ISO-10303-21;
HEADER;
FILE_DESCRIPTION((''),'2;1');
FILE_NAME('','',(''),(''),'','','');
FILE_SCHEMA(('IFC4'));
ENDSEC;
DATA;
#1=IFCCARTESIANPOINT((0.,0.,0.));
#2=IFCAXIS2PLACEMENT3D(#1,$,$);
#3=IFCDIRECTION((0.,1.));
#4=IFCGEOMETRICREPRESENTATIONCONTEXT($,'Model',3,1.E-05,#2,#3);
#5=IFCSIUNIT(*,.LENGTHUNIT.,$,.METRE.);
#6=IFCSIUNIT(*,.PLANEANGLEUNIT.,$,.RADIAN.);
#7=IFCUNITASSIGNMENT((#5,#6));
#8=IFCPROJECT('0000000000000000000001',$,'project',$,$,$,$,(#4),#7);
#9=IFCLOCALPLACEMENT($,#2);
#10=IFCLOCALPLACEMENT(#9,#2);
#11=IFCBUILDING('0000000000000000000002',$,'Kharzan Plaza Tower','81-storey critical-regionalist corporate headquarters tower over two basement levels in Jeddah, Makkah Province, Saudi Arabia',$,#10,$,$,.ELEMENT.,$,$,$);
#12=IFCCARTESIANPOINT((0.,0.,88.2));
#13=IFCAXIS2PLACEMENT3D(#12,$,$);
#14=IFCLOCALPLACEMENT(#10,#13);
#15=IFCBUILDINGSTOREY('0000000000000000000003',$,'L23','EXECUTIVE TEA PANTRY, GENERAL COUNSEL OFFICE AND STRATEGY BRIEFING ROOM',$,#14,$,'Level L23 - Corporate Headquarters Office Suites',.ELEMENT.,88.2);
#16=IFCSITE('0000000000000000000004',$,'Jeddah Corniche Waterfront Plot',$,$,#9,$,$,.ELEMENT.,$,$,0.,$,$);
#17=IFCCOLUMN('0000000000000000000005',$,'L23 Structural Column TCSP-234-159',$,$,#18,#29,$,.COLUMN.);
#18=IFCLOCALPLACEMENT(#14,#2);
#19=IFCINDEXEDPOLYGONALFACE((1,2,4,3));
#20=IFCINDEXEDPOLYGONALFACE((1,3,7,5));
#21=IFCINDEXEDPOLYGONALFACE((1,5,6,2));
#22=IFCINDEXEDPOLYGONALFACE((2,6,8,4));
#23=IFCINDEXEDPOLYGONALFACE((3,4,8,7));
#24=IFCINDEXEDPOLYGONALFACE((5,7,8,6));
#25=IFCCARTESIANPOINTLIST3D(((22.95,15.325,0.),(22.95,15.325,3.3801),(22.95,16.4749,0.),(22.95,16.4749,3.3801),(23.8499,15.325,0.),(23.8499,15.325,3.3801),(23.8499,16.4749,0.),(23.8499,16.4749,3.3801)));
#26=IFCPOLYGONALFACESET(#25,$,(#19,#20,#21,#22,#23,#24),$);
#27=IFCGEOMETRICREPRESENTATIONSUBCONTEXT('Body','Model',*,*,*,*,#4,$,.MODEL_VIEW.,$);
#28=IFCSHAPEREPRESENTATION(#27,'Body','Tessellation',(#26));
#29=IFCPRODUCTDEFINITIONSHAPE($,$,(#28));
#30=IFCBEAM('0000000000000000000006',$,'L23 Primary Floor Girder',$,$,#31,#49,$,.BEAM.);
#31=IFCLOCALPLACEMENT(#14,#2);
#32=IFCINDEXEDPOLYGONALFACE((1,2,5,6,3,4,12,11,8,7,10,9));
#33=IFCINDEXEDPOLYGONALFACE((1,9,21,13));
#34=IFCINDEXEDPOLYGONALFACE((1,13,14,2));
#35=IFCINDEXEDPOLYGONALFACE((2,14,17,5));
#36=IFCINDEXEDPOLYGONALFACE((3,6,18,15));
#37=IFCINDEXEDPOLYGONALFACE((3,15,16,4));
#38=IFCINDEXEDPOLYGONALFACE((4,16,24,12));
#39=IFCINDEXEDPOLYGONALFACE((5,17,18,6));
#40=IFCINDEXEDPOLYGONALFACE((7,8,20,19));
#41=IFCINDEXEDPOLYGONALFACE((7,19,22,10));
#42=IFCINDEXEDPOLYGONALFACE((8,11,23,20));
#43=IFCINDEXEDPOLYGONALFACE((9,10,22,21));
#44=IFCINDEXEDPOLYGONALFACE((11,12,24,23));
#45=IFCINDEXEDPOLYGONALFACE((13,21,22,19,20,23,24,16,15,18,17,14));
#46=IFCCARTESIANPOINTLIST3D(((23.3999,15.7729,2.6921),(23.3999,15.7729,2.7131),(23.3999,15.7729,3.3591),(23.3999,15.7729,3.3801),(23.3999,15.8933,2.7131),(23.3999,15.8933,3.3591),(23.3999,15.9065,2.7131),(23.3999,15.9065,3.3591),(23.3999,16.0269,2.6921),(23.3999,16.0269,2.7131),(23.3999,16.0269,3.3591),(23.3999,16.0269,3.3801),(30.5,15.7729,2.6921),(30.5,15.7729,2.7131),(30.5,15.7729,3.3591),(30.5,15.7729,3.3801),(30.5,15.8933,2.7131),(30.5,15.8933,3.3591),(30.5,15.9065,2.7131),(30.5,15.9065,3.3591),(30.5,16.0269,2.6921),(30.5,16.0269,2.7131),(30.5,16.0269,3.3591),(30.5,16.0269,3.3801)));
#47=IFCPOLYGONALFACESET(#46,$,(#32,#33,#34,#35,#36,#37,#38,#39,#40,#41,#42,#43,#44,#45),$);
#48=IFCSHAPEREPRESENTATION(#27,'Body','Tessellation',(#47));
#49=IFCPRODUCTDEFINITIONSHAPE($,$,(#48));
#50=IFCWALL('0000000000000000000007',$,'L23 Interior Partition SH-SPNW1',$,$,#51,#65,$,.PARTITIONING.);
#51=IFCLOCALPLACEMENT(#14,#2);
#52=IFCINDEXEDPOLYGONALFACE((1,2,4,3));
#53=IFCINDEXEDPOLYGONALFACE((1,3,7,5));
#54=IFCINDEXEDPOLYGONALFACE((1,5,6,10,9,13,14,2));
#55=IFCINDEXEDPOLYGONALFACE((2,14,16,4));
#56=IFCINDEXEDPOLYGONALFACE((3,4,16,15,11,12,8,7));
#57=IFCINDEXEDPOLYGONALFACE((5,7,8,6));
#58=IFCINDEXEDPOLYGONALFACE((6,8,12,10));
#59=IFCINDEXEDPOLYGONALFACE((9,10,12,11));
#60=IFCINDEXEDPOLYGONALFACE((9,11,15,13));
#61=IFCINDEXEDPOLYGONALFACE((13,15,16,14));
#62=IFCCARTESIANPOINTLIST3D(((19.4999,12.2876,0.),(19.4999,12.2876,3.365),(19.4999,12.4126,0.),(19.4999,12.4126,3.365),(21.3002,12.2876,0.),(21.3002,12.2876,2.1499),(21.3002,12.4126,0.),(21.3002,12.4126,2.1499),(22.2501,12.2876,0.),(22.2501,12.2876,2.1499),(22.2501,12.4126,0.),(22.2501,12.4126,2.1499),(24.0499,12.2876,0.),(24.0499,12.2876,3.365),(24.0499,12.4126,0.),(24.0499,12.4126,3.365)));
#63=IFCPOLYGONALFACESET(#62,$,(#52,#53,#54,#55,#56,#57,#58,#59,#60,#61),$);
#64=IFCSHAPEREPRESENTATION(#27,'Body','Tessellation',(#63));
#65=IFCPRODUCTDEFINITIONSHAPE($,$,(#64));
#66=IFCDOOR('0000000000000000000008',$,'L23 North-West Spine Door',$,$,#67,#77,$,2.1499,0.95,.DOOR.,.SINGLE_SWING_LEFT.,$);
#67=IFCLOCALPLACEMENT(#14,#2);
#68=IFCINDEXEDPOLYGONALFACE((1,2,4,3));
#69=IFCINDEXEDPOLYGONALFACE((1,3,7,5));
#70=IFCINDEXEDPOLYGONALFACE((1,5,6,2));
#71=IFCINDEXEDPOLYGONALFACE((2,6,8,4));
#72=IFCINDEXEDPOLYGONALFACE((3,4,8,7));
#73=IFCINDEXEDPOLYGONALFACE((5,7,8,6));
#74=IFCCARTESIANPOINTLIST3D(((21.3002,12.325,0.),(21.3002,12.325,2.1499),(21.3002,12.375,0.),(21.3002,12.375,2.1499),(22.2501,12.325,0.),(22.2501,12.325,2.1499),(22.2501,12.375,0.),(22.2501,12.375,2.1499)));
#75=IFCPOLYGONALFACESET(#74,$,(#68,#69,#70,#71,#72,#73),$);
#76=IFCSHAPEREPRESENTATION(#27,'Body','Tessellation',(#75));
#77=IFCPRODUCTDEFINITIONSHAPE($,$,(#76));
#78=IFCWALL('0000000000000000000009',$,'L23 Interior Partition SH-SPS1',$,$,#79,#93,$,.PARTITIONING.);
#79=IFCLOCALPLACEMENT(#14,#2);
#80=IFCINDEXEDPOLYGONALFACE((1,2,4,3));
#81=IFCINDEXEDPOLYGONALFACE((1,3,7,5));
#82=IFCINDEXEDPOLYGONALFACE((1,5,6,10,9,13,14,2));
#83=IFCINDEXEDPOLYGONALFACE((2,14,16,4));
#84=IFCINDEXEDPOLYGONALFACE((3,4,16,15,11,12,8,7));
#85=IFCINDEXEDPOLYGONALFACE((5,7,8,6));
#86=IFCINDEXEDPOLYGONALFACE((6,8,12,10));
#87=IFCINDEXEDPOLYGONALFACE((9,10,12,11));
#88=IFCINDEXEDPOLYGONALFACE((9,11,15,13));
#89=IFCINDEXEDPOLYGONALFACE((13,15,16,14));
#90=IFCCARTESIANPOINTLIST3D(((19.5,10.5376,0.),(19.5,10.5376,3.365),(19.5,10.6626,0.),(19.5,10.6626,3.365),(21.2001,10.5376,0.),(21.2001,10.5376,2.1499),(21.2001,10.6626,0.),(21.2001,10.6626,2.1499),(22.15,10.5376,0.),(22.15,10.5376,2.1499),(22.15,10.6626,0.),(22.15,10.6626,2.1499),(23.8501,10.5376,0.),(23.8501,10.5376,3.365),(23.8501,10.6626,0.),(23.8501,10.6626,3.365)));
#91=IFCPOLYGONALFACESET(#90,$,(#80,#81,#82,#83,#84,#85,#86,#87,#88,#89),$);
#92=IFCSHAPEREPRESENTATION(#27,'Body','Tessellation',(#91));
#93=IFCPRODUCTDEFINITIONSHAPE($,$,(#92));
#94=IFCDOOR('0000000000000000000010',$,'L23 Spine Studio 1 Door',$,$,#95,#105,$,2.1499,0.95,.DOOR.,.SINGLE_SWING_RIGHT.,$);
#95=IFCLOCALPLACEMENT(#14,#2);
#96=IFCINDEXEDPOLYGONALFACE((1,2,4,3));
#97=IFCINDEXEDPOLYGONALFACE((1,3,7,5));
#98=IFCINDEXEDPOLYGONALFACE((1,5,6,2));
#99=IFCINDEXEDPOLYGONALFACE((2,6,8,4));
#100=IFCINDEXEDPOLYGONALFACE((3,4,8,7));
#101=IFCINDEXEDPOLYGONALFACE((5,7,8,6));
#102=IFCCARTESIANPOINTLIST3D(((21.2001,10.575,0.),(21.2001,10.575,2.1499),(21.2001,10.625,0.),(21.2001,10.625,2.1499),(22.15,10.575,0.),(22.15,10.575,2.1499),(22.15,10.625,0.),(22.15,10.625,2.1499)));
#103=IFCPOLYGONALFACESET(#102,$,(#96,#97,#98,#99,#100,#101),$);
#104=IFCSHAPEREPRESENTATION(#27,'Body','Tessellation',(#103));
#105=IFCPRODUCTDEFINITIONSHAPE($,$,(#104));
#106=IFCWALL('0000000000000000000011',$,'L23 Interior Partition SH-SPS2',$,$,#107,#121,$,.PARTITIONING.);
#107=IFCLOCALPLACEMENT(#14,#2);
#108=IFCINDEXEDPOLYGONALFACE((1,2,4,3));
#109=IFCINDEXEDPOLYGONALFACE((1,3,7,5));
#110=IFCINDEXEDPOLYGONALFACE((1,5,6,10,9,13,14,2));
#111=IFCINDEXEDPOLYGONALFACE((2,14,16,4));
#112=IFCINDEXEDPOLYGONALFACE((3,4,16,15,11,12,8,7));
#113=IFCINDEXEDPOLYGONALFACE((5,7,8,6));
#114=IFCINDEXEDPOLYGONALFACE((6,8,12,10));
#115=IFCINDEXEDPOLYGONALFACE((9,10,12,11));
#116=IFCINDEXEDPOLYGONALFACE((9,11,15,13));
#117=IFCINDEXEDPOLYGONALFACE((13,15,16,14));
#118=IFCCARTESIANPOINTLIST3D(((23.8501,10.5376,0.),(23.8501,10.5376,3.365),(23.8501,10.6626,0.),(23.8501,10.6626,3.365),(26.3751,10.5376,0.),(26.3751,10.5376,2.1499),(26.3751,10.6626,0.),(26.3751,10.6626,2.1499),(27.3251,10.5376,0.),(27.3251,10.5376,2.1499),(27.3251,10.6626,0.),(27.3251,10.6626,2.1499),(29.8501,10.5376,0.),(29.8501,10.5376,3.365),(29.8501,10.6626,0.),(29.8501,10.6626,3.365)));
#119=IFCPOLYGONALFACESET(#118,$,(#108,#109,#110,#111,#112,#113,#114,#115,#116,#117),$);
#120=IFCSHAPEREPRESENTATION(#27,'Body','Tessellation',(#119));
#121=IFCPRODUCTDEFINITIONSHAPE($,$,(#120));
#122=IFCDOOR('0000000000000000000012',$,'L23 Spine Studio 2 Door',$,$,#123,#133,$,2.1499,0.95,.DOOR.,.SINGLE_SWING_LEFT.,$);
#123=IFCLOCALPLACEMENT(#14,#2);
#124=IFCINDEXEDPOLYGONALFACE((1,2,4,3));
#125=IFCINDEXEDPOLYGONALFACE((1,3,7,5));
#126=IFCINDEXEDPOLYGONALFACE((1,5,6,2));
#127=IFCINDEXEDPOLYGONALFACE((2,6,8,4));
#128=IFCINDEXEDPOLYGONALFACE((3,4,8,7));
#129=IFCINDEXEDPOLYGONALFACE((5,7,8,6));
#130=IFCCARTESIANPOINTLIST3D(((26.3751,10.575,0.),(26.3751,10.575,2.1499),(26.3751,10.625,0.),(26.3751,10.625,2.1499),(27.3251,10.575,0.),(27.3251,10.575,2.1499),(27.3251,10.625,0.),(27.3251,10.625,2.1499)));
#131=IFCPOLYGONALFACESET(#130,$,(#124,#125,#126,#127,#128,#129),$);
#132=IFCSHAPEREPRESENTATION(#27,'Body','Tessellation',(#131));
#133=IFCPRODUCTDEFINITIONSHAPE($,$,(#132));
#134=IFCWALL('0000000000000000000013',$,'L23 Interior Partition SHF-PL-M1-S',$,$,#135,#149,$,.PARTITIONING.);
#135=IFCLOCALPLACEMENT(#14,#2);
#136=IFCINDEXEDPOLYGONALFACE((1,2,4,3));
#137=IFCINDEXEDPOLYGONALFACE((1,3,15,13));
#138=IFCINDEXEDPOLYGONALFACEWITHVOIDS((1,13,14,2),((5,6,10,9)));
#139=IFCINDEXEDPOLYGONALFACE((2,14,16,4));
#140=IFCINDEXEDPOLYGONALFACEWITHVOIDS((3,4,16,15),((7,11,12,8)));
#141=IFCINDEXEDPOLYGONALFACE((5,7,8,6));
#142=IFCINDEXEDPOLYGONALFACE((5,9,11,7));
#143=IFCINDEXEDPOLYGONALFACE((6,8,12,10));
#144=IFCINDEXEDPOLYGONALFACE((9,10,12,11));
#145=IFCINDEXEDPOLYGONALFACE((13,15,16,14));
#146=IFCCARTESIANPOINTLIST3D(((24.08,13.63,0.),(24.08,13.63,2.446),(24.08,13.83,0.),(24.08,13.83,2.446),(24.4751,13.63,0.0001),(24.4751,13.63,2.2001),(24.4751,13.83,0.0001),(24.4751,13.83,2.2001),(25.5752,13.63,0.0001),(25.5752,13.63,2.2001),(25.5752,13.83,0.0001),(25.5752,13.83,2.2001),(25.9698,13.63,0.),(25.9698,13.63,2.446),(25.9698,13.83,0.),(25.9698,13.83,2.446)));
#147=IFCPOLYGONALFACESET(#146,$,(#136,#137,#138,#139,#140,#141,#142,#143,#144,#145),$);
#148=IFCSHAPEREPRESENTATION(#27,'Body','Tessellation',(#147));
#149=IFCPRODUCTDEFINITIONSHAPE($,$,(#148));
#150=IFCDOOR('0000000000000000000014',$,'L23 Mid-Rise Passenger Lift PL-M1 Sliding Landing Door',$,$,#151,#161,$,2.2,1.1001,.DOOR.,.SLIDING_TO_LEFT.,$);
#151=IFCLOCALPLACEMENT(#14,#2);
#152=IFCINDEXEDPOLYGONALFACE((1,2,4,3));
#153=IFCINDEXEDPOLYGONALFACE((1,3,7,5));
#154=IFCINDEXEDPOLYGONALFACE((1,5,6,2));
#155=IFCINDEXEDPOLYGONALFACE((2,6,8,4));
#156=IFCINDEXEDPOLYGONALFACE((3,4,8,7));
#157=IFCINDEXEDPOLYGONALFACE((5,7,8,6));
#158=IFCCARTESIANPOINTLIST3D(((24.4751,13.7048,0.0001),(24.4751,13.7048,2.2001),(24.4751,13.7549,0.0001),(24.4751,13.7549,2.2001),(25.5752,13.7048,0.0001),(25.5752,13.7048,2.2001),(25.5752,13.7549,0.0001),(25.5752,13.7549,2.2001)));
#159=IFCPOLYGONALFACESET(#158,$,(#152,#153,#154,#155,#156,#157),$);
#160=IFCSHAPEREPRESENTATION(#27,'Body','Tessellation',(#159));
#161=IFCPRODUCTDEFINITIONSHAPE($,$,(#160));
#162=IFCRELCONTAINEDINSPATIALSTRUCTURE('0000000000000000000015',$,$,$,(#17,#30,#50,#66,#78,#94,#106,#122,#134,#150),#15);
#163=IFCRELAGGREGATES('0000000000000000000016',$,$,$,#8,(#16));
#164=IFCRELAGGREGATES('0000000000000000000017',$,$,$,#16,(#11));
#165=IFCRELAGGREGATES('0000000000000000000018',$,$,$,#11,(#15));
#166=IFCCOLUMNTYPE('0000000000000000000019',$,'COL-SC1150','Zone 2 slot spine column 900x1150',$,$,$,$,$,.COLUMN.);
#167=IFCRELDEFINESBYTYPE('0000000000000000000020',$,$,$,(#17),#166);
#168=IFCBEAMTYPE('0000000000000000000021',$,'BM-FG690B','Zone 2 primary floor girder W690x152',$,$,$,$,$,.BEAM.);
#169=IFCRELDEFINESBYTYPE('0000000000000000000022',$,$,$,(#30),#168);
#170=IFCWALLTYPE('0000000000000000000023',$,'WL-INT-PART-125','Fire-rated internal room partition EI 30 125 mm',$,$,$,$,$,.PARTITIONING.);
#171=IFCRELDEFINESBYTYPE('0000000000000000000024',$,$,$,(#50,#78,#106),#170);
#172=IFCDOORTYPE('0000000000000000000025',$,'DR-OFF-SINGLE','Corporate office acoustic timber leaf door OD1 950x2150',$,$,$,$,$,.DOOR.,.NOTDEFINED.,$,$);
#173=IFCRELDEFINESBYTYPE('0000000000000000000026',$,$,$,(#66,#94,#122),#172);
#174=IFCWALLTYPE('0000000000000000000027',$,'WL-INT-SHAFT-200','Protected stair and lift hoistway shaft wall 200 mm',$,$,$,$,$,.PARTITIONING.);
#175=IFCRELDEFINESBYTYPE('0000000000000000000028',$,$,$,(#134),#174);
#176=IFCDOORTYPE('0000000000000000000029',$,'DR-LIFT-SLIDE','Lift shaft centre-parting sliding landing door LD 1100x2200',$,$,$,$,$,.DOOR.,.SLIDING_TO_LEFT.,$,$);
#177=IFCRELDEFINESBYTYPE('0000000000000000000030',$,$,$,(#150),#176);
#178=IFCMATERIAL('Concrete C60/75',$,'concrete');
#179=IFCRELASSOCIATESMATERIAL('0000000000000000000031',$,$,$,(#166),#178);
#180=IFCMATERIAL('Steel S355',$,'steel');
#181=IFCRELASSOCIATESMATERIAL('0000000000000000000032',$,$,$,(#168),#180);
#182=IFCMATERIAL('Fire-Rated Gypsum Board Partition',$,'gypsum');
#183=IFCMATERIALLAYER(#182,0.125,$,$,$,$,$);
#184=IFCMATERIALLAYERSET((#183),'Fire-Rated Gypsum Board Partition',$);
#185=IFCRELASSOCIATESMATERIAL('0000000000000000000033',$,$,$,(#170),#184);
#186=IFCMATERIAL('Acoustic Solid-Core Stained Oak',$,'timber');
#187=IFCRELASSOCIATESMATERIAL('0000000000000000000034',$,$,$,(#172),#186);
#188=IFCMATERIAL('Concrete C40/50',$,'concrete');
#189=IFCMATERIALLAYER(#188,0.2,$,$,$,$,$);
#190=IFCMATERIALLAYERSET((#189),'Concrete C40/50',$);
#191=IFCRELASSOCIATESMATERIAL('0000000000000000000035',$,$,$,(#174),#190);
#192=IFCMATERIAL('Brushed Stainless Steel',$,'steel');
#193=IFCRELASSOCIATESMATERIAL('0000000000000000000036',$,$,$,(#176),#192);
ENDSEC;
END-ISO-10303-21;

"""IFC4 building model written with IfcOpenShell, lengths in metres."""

from ifc_helpers import new_model, si_unit, direction, frame, frame_2d, origin, origin_2d, place, context, subcontext, project, spatial, rectangle, i_section, extrude, source, transform, mapped, material, layer, layer_set, material_profile, profile_set, type_object, element, fill, save


model = new_model("IFC4")

# Units and contexts
model_context = context("Model", 3, precision=1e-05, world=origin(), true_north=direction((0.0, 1.0)))
body_context = subcontext(model_context, "Body", "Model", "MODEL_VIEW")
ifc_project = project(units=[si_unit("LENGTHUNIT", "METRE"), si_unit("PLANEANGLEUNIT", "RADIAN")], contexts=[model_context])

# Site, building, storey
site_placement = place(None, origin())
site = spatial("IfcSite", under=ifc_project, at=site_placement, Name="Jeddah Corniche Waterfront Plot", CompositionType="ELEMENT", RefElevation=0.0)
building_placement = place(site_placement, origin())
building = spatial("IfcBuilding", under=site, at=building_placement, Name="Kharzan Plaza Tower", Description="81-storey critical-regionalist corporate headquarters tower over two basement levels in Jeddah, Makkah Province, Saudi Arabia", CompositionType="ELEMENT")
storey_placement = place(building_placement, frame((0.0, 0.0, 88.2)))
storey = spatial("IfcBuildingStorey", under=building, at=storey_placement, Name="L23", Description="EXECUTIVE TEA PANTRY, GENERAL COUNSEL OFFICE AND STRATEGY BRIEFING ROOM", LongName="Level L23 - Corporate Headquarters Office Suites", CompositionType="ELEMENT", Elevation=88.2)

# Column
ifc_material_1 = material(Name="Concrete C60/75", Category="concrete")
ifc_material_profile_1 = material_profile(ifc_material_1, rectangle(XDim=0.8999, YDim=1.1499, at=origin_2d()), Name="RC-SC1150x900")
ifc_profile_set_1 = profile_set([ifc_material_profile_1], Name="Concrete C60/75")
column_type = type_object("IfcColumnType", Name="COL-SC1150", Description="Zone 2 slot spine column 900x1150", PredefinedType="COLUMN", material=ifc_profile_set_1)
shared_shape_1 = source(origin(), body_context, "Body", "SweptSolid", [
    extrude(rectangle(XDim=0.8999, YDim=1.1499, at=origin_2d()), origin(), (0.0, 0.0, 1.0), 3.3801),
])
column_placement = place(storey_placement, frame((23.3999, 15.8999, 0.0), z_axis=(0.0, 0.0, 1.0), x_axis=(1.0, 0.0, 0.0)))
element("IfcColumn", 1, at=column_placement, inside=storey, type_object=column_type, Name="L23 Structural Column TCSP-234-159", PredefinedType="COLUMN", context=body_context, shape_type="MappedRepresentation", body=[
    mapped(shared_shape_1, transform((0.0, 0.0, 0.0), x_axis=(1.0, 0.0, 0.0), y_axis=(0.0, 1.0, 0.0), z_axis=(0.0, 0.0, 1.0))),
])

# Beam
ifc_material_2 = material(Name="Steel S355", Category="steel")
ifc_material_profile_2 = material_profile(ifc_material_2, i_section(OverallWidth=0.2539, OverallDepth=0.688, WebThickness=0.0132, FlangeThickness=0.021, at=origin_2d()), Name="W690x152")
ifc_profile_set_2 = profile_set([ifc_material_profile_2], Name="Steel S355")
beam_type = type_object("IfcBeamType", Name="BM-FG690B", Description="Zone 2 primary floor girder W690x152", PredefinedType="BEAM", material=ifc_profile_set_2)
shared_shape_2 = source(origin(), body_context, "Body", "SweptSolid", [
    extrude(i_section(OverallWidth=0.2539, OverallDepth=0.688, WebThickness=0.0132, FlangeThickness=0.021, at=origin_2d()), origin(), (0.0, 0.0, 1.0), 7.1001),
])
beam_placement = place(storey_placement, frame((23.3999, 15.8999, 3.0361), z_axis=(1.0, 0.0, 0.0), x_axis=(0.0, 1.0, 0.0)))
element("IfcBeam", 2, at=beam_placement, inside=storey, type_object=beam_type, Name="L23 Primary Floor Girder", PredefinedType="BEAM", context=body_context, shape_type="MappedRepresentation", body=[
    mapped(shared_shape_2, transform((0.0, 0.0, 0.0), x_axis=(1.0, 0.0, 0.0), y_axis=(0.0, 1.0, 0.0), z_axis=(0.0, 0.0, 1.0))),
])

# Walls, openings, doors
ifc_material_3 = material(Name="Fire-Rated Gypsum Board Partition", Category="gypsum")
ifc_layer_1 = layer(ifc_material_3, 0.125)
ifc_layer_set_1 = layer_set([ifc_layer_1], Name="Fire-Rated Gypsum Board Partition")
wall_type_1 = type_object("IfcWallType", Name="WL-INT-PART-125", Description="Fire-rated internal room partition EI 30 125 mm", PredefinedType="PARTITIONING", material=ifc_layer_set_1)
wall_1_placement = place(storey_placement, frame((19.5, 12.3501, 0.0), z_axis=(0.0, 0.0, 1.0), x_axis=(1.0, 0.0, 0.0)))
wall_1 = element("IfcWall", 3, at=wall_1_placement, inside=storey, type_object=wall_type_1, Name="L23 Interior Partition SH-SPNW1", PredefinedType="PARTITIONING", context=body_context, shape_type="SweptSolid", body=[
    extrude(rectangle(XDim=4.55, YDim=0.125, at=frame_2d((2.2749, 0.0))), origin(), (0.0, 0.0, 1.0), 3.365),
])
opening_1_placement = place(wall_1_placement, frame((1.8, 0.0, 0.0)))
opening_1 = element("IfcOpeningElement", 4, at=opening_1_placement, cuts=wall_1, PredefinedType="OPENING", context=body_context, shape_type="SweptSolid", body=[
    extrude(rectangle(XDim=0.95, YDim=2.1499, at=frame_2d((0.4751, 1.075))), frame((0.0, 0.0725, 0.0), z_axis=(0.0, -1.0, 0.0), x_axis=(1.0, 0.0, 0.0)), (0.0, 0.0, 1.0), 0.145),
])
ifc_material_4 = material(Name="Acoustic Solid-Core Stained Oak", Category="timber")
door_type_1 = type_object("IfcDoorType", Name="DR-OFF-SINGLE", Description="Corporate office acoustic timber leaf door OD1 950x2150", OperationType="NOTDEFINED", PredefinedType="DOOR", material=ifc_material_4)
shared_shape_3 = source(origin(), body_context, "Body", "SweptSolid", [
    extrude(rectangle(XDim=0.95, YDim=2.1499, at=frame_2d((0.4751, 1.075))), frame((0.0, 0.0249, 0.0), z_axis=(0.0, -1.0, 0.0), x_axis=(1.0, 0.0, 0.0)), (0.0, 0.0, 1.0), 0.05),
])
door_1_placement = place(opening_1_placement, origin())
door_1 = element("IfcDoor", 5, at=door_1_placement, inside=storey, type_object=door_type_1, Name="L23 North-West Spine Door", OperationType="SINGLE_SWING_LEFT", OverallHeight=2.1499, OverallWidth=0.95, PredefinedType="DOOR", context=body_context, shape_type="MappedRepresentation", body=[
    mapped(shared_shape_3, transform((0.0, 0.0, 0.0), x_axis=(1.0, 0.0, 0.0), y_axis=(0.0, 1.0, 0.0), z_axis=(0.0, 0.0, 1.0))),
])
fill(opening_1, door_1)
wall_2_placement = place(storey_placement, frame((19.5, 10.6001, 0.0), z_axis=(0.0, 0.0, 1.0), x_axis=(1.0, 0.0, 0.0)))
wall_2 = element("IfcWall", 6, at=wall_2_placement, inside=storey, type_object=wall_type_1, Name="L23 Interior Partition SH-SPS1", PredefinedType="PARTITIONING", context=body_context, shape_type="SweptSolid", body=[
    extrude(rectangle(XDim=4.3501, YDim=0.125, at=frame_2d((2.175, 0.0))), origin(), (0.0, 0.0, 1.0), 3.365),
])
opening_2_placement = place(wall_2_placement, frame((1.7, 0.0, 0.0)))
opening_2 = element("IfcOpeningElement", 7, at=opening_2_placement, cuts=wall_2, PredefinedType="OPENING", context=body_context, shape_type="SweptSolid", body=[
    extrude(rectangle(XDim=0.95, YDim=2.1499, at=frame_2d((0.4751, 1.075))), frame((0.0, 0.0725, 0.0), z_axis=(0.0, -1.0, 0.0), x_axis=(1.0, 0.0, 0.0)), (0.0, 0.0, 1.0), 0.145),
])
door_2_placement = place(opening_2_placement, origin())
door_2 = element("IfcDoor", 8, at=door_2_placement, inside=storey, type_object=door_type_1, Name="L23 Spine Studio 1 Door", OperationType="SINGLE_SWING_RIGHT", OverallHeight=2.1499, OverallWidth=0.95, PredefinedType="DOOR", context=body_context, shape_type="MappedRepresentation", body=[
    mapped(shared_shape_3, transform((0.0, 0.0, 0.0), x_axis=(1.0, 0.0, 0.0), y_axis=(0.0, 1.0, 0.0), z_axis=(0.0, 0.0, 1.0))),
])
fill(opening_2, door_2)
wall_3_placement = place(storey_placement, frame((23.8501, 10.6001, 0.0), z_axis=(0.0, 0.0, 1.0), x_axis=(1.0, 0.0, 0.0)))
wall_3 = element("IfcWall", 9, at=wall_3_placement, inside=storey, type_object=wall_type_1, Name="L23 Interior Partition SH-SPS2", PredefinedType="PARTITIONING", context=body_context, shape_type="SweptSolid", body=[
    extrude(rectangle(XDim=6.0, YDim=0.125, at=frame_2d((3.0, 0.0))), origin(), (0.0, 0.0, 1.0), 3.365),
])
opening_3_placement = place(wall_3_placement, frame((2.5249, 0.0, 0.0)))
opening_3 = element("IfcOpeningElement", 10, at=opening_3_placement, cuts=wall_3, PredefinedType="OPENING", context=body_context, shape_type="SweptSolid", body=[
    extrude(rectangle(XDim=0.95, YDim=2.1499, at=frame_2d((0.4751, 1.075))), frame((0.0, 0.0725, 0.0), z_axis=(0.0, -1.0, 0.0), x_axis=(1.0, 0.0, 0.0)), (0.0, 0.0, 1.0), 0.145),
])
door_3_placement = place(opening_3_placement, origin())
door_3 = element("IfcDoor", 11, at=door_3_placement, inside=storey, type_object=door_type_1, Name="L23 Spine Studio 2 Door", OperationType="SINGLE_SWING_LEFT", OverallHeight=2.1499, OverallWidth=0.95, PredefinedType="DOOR", context=body_context, shape_type="MappedRepresentation", body=[
    mapped(shared_shape_3, transform((0.0, 0.0, 0.0), x_axis=(1.0, 0.0, 0.0), y_axis=(0.0, 1.0, 0.0), z_axis=(0.0, 0.0, 1.0))),
])
fill(opening_3, door_3)
ifc_material_5 = material(Name="Concrete C40/50", Category="concrete")
ifc_layer_2 = layer(ifc_material_5, 0.2)
ifc_layer_set_2 = layer_set([ifc_layer_2], Name="Concrete C40/50")
wall_type_2 = type_object("IfcWallType", Name="WL-INT-SHAFT-200", Description="Protected stair and lift hoistway shaft wall 200 mm", PredefinedType="PARTITIONING", material=ifc_layer_set_2)
wall_4_placement = place(storey_placement, frame((24.0801, 13.73, 0.0), z_axis=(0.0, 0.0, 1.0), x_axis=(1.0, 0.0, 0.0)))
wall_4 = element("IfcWall", 12, at=wall_4_placement, inside=storey, type_object=wall_type_2, Name="L23 Interior Partition SHF-PL-M1-S", PredefinedType="PARTITIONING", context=body_context, shape_type="SweptSolid", body=[
    extrude(rectangle(XDim=1.8899, YDim=0.2, at=frame_2d((0.9448, 0.0))), origin(), (0.0, 0.0, 1.0), 2.446),
])
opening_4_placement = place(wall_4_placement, frame((0.395, 0.0, 0.0)))
opening_4 = element("IfcOpeningElement", 13, at=opening_4_placement, cuts=wall_4, PredefinedType="OPENING", context=body_context, shape_type="SweptSolid", body=[
    extrude(rectangle(XDim=1.1001, YDim=2.2, at=frame_2d((0.55, 1.1001))), frame((0.0, 0.1099, 0.0), z_axis=(0.0, -1.0, 0.0), x_axis=(1.0, 0.0, 0.0)), (0.0, 0.0, 1.0), 0.22),
])
ifc_material_6 = material(Name="Brushed Stainless Steel", Category="steel")
door_type_2 = type_object("IfcDoorType", Name="DR-LIFT-SLIDE", Description="Lift shaft centre-parting sliding landing door LD 1100x2200", OperationType="SLIDING_TO_LEFT", PredefinedType="DOOR", material=ifc_material_6)
shared_shape_4 = source(origin(), body_context, "Body", "SweptSolid", [
    extrude(rectangle(XDim=1.1001, YDim=2.2, at=frame_2d((0.55, 1.1001))), frame((0.0, 0.0249, 0.0), z_axis=(0.0, -1.0, 0.0), x_axis=(1.0, 0.0, 0.0)), (0.0, 0.0, 1.0), 0.05),
])
door_4_placement = place(opening_4_placement, origin())
door_4 = element("IfcDoor", 14, at=door_4_placement, inside=storey, type_object=door_type_2, Name="L23 Mid-Rise Passenger Lift PL-M1 Sliding Landing Door", OperationType="SLIDING_TO_LEFT", OverallHeight=2.2, OverallWidth=1.1001, PredefinedType="DOOR", context=body_context, shape_type="MappedRepresentation", body=[
    mapped(shared_shape_4, transform((0.0, 0.0, 0.0), x_axis=(1.0, 0.0, 0.0), y_axis=(0.0, 1.0, 0.0), z_axis=(0.0, 0.0, 1.0))),
])
fill(opening_4, door_4)

save(model, "model.ifc")
